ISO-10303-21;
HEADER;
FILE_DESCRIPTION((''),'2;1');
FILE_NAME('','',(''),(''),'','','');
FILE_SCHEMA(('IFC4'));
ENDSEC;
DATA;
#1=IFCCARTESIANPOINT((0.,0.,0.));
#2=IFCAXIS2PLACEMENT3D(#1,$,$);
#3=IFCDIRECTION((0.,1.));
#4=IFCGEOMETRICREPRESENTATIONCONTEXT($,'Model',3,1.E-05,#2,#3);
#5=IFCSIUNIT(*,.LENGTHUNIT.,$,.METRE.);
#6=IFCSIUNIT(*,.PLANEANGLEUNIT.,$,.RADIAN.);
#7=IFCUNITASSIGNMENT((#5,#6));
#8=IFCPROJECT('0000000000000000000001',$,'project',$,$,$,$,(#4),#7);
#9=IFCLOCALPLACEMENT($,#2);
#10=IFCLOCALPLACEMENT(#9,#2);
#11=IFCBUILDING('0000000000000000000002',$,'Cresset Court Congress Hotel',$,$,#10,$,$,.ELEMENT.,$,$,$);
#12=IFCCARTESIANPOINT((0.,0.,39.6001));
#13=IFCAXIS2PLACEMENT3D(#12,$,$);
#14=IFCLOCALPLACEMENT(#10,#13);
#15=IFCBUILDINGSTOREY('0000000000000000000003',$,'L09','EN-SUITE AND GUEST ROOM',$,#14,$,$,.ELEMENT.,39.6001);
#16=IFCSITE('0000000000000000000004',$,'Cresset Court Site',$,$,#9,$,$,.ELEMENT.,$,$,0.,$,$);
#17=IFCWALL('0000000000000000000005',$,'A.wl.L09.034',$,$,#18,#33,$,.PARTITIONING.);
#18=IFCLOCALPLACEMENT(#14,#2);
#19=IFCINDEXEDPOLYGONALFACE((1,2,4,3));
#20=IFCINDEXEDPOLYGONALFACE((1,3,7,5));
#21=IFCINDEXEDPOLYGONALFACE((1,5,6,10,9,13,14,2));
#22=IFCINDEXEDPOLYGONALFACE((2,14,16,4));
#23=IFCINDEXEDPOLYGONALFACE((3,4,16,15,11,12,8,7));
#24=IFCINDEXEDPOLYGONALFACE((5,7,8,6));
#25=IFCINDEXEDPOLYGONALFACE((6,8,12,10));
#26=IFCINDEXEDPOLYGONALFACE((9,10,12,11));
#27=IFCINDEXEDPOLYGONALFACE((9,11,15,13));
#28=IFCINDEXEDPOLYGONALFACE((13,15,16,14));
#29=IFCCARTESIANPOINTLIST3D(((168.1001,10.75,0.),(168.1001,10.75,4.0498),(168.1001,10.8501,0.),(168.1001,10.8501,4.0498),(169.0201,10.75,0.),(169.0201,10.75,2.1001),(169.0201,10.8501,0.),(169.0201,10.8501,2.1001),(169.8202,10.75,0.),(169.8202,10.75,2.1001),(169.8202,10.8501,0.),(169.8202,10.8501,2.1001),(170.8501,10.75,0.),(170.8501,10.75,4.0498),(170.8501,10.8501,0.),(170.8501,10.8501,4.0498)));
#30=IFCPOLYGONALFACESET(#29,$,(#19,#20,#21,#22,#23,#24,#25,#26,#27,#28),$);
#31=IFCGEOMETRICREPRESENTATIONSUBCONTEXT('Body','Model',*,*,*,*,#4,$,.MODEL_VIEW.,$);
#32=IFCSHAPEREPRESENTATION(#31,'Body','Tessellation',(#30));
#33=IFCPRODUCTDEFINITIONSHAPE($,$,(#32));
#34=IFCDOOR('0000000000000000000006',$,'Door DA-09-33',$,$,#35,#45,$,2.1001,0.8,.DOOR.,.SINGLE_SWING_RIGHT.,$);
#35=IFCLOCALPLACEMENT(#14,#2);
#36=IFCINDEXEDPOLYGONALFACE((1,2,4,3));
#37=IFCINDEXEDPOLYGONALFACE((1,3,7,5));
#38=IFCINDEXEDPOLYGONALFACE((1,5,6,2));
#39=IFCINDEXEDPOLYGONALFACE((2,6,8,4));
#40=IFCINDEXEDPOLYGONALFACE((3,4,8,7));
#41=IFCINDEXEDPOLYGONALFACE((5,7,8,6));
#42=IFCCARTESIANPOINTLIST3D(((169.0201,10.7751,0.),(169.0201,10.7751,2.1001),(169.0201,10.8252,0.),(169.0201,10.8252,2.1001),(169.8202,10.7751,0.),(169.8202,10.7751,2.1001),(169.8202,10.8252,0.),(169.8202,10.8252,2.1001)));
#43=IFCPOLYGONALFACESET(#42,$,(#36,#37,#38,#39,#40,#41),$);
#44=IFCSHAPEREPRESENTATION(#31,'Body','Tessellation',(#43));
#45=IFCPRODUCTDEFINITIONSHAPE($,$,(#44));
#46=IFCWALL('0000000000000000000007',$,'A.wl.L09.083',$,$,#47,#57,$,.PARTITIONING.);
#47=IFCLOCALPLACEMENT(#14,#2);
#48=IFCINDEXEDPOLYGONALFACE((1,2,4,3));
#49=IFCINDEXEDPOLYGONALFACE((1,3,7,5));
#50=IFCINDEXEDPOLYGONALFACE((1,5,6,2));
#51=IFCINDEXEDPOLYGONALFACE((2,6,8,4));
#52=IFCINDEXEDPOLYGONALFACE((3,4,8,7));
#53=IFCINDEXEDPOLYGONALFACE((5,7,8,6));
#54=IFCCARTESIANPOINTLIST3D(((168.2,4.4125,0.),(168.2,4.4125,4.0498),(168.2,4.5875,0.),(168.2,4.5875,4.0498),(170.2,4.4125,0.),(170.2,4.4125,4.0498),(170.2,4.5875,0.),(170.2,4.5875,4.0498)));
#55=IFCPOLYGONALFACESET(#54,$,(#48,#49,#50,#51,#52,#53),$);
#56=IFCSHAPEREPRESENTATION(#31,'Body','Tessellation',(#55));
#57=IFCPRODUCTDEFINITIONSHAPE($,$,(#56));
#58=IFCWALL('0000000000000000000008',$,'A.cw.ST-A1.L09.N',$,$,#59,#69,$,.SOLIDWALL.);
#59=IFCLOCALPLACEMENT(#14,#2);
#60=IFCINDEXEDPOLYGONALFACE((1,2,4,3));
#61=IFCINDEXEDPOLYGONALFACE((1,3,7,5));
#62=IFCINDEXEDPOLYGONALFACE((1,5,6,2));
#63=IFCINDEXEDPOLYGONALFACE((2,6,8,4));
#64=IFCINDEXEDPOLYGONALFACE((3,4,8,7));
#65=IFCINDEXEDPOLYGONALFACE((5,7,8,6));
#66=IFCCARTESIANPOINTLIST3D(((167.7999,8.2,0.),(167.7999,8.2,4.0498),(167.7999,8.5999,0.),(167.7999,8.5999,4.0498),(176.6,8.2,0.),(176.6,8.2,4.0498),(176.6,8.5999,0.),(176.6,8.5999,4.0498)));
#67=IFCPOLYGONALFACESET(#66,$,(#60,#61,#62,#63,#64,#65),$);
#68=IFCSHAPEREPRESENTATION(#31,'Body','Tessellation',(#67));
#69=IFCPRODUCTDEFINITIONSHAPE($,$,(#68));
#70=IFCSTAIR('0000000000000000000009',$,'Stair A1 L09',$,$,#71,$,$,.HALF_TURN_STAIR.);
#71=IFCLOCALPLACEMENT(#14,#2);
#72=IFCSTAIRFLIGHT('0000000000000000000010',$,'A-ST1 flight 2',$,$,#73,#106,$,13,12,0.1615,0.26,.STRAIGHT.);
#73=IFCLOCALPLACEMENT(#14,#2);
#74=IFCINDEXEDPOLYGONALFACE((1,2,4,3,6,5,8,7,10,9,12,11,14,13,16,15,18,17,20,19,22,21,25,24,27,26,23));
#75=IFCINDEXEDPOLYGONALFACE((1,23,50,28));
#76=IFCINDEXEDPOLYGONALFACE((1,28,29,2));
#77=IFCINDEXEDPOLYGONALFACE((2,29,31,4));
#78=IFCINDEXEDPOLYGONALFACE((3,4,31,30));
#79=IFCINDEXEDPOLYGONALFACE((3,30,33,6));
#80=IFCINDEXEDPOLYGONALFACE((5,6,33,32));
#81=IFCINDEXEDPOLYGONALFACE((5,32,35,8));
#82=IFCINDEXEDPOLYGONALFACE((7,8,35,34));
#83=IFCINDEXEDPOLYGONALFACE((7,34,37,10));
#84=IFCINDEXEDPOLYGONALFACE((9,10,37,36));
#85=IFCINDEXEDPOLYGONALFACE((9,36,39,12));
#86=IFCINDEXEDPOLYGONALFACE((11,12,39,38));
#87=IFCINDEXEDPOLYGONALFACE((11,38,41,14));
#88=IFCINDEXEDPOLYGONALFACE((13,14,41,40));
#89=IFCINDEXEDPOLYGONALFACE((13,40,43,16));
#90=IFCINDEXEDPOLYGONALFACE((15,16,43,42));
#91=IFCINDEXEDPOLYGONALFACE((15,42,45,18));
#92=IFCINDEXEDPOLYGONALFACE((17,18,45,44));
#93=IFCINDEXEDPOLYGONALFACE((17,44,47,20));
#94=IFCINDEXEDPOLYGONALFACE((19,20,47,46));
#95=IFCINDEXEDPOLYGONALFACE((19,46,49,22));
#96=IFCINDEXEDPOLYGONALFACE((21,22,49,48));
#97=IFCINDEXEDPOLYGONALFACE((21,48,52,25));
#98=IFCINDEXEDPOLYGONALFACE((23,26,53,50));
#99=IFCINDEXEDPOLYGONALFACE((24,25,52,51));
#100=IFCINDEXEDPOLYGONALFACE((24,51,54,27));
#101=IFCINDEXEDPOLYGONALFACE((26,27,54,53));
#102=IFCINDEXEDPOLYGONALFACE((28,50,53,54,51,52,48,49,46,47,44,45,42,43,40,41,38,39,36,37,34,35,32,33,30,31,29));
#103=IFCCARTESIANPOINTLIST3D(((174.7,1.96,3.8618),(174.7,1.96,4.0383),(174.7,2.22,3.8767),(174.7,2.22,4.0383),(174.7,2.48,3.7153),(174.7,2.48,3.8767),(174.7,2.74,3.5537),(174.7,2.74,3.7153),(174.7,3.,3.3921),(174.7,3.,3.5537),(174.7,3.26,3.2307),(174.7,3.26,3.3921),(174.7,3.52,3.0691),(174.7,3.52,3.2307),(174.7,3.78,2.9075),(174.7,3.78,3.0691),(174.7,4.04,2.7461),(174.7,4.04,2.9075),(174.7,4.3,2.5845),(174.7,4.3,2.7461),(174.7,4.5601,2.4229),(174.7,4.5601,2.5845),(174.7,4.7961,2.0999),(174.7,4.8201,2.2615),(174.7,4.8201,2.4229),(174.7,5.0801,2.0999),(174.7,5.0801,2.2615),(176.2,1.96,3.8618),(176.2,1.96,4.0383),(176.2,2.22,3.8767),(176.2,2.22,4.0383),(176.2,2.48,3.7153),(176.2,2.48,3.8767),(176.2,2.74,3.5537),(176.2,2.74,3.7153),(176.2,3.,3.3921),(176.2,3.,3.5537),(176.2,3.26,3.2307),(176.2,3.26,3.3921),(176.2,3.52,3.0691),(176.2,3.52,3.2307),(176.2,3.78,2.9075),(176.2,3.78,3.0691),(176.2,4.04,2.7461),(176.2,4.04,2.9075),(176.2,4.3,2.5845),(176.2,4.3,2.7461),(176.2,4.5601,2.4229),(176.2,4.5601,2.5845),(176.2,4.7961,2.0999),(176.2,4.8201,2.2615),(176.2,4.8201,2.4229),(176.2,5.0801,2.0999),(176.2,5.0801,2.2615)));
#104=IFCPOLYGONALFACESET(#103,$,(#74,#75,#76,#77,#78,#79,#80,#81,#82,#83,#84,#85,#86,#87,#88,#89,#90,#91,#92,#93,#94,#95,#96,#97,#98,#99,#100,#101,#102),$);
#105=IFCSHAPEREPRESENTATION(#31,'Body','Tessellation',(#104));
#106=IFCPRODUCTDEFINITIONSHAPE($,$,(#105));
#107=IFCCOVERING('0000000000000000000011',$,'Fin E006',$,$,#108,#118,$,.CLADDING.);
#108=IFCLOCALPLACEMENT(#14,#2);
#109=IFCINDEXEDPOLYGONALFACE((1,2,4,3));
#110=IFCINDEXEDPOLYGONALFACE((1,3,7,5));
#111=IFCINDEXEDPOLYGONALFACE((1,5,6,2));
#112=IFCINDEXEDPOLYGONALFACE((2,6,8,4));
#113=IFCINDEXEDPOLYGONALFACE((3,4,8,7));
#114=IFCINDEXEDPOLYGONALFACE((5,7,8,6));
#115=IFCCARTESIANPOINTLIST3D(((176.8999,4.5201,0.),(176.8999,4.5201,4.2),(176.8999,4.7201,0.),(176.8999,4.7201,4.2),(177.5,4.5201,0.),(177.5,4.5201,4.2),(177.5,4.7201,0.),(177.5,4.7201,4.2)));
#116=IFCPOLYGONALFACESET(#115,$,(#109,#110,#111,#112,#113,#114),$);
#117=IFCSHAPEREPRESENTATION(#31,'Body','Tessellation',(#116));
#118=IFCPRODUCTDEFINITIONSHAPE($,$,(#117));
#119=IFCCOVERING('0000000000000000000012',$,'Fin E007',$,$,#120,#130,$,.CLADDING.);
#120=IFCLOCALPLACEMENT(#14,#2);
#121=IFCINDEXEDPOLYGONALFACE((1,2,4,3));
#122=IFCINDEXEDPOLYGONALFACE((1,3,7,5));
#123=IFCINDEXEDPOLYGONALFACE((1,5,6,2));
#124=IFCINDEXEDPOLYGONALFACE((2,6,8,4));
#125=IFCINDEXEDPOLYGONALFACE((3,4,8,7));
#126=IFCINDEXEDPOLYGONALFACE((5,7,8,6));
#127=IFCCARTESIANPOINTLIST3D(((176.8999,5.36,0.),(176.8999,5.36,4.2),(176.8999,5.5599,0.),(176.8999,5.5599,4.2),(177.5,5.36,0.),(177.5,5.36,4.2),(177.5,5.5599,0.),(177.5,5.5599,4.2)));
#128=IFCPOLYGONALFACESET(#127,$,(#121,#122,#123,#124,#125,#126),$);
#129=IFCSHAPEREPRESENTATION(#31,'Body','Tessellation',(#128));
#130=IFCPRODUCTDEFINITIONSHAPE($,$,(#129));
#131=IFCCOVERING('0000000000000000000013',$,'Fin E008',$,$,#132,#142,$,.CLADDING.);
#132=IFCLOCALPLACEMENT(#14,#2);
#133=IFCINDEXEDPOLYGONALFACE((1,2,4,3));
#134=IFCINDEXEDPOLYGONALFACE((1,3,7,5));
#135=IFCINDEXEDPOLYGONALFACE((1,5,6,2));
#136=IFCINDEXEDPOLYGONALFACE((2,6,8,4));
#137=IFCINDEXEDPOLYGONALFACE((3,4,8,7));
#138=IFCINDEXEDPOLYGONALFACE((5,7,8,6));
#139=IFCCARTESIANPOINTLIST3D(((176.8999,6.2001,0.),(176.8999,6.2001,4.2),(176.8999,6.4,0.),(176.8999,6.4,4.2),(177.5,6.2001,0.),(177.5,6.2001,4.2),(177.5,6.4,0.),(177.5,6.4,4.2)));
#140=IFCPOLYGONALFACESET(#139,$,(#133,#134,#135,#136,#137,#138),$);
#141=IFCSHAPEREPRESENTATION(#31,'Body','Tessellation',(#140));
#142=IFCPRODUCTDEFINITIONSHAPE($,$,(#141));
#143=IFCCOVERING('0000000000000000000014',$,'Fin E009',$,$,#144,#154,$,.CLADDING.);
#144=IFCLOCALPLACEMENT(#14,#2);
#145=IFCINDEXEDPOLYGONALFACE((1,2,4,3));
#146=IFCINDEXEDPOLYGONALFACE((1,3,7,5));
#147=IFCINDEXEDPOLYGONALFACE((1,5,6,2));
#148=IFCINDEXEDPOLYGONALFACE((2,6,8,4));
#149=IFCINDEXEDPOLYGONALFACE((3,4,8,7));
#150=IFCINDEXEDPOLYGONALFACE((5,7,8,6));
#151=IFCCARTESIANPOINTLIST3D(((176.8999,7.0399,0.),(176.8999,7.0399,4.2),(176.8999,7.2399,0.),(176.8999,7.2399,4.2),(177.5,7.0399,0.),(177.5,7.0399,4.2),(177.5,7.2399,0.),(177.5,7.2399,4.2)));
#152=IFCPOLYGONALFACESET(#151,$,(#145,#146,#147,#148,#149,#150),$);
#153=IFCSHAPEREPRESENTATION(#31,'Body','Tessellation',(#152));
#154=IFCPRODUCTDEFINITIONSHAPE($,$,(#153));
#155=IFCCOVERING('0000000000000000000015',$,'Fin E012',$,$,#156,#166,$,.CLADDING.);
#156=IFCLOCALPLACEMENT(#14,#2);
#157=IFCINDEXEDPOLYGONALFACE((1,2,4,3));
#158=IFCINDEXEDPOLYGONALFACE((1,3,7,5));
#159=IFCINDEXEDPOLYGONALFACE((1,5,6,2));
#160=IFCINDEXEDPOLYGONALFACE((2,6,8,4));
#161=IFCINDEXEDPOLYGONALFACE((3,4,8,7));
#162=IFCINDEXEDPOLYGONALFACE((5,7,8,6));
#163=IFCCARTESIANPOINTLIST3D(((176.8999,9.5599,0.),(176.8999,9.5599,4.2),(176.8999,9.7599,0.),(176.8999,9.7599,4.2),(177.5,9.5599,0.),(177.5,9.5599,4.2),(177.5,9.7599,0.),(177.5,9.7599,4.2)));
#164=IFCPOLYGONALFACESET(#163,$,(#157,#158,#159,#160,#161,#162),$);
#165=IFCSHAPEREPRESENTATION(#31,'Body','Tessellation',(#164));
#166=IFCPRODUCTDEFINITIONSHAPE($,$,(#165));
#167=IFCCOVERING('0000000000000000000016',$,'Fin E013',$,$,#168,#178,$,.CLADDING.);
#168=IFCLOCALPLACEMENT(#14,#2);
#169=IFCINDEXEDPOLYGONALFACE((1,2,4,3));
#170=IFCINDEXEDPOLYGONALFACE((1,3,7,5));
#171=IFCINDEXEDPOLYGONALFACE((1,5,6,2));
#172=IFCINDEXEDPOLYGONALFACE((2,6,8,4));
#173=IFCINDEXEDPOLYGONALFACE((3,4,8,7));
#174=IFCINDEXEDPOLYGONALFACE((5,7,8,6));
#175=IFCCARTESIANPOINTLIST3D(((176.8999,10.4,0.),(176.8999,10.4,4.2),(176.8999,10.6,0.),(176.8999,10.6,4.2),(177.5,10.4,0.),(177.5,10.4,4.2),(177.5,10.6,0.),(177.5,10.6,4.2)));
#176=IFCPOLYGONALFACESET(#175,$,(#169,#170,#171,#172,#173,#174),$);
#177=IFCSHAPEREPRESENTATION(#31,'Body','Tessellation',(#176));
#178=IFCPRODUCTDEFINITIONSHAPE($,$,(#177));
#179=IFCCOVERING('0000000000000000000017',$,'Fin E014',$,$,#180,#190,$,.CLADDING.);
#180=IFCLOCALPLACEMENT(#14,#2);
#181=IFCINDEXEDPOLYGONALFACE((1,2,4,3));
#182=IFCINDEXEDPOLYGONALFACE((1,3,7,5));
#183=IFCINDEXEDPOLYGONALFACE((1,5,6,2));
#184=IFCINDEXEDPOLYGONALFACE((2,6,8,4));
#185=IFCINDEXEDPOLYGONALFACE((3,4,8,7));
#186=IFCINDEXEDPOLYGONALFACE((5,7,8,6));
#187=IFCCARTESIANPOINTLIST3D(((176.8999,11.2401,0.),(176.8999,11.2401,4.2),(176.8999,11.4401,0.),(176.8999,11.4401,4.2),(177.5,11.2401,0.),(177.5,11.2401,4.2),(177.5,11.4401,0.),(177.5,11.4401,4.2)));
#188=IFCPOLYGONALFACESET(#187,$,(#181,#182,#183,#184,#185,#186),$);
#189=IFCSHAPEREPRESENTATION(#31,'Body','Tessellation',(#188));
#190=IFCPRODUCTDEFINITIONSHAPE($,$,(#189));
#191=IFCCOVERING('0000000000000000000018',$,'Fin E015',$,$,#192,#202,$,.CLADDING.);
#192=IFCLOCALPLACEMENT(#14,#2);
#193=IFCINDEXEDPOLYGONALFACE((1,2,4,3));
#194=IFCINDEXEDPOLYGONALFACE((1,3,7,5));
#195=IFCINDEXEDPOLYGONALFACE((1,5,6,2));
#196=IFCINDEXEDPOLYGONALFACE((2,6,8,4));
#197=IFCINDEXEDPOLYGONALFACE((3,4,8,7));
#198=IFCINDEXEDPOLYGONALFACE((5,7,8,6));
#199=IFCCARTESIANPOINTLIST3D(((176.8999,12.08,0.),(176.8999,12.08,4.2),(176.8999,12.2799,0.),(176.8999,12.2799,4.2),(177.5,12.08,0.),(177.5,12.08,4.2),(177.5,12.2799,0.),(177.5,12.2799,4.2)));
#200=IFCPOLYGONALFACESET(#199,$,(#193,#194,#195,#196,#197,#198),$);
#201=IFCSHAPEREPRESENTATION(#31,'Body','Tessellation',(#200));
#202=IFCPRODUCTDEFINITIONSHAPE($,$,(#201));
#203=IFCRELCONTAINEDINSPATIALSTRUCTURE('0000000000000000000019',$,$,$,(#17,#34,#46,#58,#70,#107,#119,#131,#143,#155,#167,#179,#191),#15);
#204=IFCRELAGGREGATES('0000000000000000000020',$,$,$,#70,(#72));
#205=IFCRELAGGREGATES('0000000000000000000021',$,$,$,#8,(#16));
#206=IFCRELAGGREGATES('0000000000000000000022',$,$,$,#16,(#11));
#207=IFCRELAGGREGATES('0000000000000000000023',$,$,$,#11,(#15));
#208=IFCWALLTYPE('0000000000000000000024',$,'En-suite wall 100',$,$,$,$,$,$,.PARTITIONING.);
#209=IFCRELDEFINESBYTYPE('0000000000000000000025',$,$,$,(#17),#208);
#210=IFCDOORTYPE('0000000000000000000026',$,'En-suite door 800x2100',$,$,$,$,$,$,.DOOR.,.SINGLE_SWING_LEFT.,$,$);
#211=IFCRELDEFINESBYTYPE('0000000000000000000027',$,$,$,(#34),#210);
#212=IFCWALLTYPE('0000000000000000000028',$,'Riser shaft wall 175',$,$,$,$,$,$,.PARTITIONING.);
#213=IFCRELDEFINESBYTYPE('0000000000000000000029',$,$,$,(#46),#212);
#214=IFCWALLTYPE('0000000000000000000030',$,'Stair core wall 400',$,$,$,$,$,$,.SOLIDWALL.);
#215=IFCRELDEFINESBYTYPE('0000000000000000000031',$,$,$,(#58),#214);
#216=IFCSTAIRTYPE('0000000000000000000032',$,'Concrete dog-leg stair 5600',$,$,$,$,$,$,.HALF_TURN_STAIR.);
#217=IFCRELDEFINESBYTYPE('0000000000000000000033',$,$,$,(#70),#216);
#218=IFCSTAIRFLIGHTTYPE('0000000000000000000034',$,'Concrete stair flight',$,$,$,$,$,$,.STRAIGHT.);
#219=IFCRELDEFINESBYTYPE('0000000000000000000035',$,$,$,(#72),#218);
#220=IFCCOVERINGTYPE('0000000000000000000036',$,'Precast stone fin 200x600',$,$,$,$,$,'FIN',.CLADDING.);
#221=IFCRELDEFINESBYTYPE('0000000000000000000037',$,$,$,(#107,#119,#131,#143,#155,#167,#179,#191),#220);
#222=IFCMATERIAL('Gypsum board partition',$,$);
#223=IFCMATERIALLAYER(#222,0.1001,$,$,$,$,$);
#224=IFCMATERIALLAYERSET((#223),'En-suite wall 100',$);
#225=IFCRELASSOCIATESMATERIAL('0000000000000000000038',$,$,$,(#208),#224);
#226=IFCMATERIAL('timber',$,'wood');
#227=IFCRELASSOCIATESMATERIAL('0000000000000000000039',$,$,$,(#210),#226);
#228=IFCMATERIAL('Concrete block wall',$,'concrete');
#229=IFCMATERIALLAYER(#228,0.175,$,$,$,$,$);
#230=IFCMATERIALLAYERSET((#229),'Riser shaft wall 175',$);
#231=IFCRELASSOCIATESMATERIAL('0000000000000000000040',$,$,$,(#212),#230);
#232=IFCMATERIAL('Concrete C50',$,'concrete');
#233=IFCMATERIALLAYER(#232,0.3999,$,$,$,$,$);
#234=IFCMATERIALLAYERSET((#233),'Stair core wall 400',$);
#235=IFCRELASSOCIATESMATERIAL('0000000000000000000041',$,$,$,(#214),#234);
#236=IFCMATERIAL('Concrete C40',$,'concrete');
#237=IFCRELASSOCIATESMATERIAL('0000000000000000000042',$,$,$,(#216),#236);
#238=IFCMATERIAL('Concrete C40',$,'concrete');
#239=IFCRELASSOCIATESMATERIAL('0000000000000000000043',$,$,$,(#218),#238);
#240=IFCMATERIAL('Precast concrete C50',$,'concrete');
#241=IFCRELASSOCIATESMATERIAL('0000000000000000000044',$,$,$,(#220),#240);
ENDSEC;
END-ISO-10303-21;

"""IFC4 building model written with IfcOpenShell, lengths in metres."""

from ifc_helpers import new_model, si_unit, direction, frame, frame_2d, origin, origin_2d, place, context, subcontext, project, spatial, polyline, rectangle, outline, extrude, material, layer, layer_set, type_object, element, fill, aggregate, save


model = new_model("IFC4")

# Units and contexts
model_context = context("Model", 3, precision=1e-05, world=origin(), true_north=direction((0.0, 1.0)))
body_context = subcontext(model_context, "Body", "Model", "MODEL_VIEW")
ifc_project = project(units=[si_unit("LENGTHUNIT", "METRE"), si_unit("PLANEANGLEUNIT", "RADIAN")], contexts=[model_context])

# Site, building, storey
site_placement = place(None, origin())
site = spatial("IfcSite", under=ifc_project, at=site_placement, Name="Cresset Court Site", CompositionType="ELEMENT", RefElevation=0.0)
building_placement = place(site_placement, origin())
building = spatial("IfcBuilding", under=site, at=building_placement, Name="Cresset Court Congress Hotel", CompositionType="ELEMENT")
storey_placement = place(building_placement, frame((0.0, 0.0, 39.6001)))
storey = spatial("IfcBuildingStorey", under=building, at=storey_placement, Name="L09", Description="EN-SUITE AND GUEST ROOM", CompositionType="ELEMENT", Elevation=39.6001)

# Shared definitions
ifc_material_1 = material(Name="Gypsum board partition")
ifc_layer_1 = layer(ifc_material_1, 0.1001)
ifc_layer_set_1 = layer_set([ifc_layer_1], Name="En-suite wall 100")
wall_type_1 = type_object("IfcWallType", Name="En-suite wall 100", PredefinedType="PARTITIONING", material=ifc_layer_set_1)

# Wall, opening, door
wall_1_placement = place(storey_placement, frame((170.8501, 10.8, 0.0), z_axis=(0.0, 0.0, 1.0), x_axis=(-1.0, 0.0, 0.0)))
wall_1 = element("IfcWall", 1, at=wall_1_placement, inside=storey, type_object=wall_type_1, Name="A.wl.L09.034", PredefinedType="PARTITIONING", context=body_context, shape_type="SweptSolid", body=[
    extrude(rectangle(XDim=2.75, YDim=0.1001, at=frame_2d((1.375, 0.0))), origin(), (0.0, 0.0, 1.0), 4.0498),
])
opening_1_placement = place(wall_1_placement, frame((1.03, 0.0, 0.0)))
opening_1 = element("IfcOpeningElement", 2, at=opening_1_placement, cuts=wall_1, PredefinedType="OPENING", context=body_context, shape_type="SweptSolid", body=[
    extrude(rectangle(XDim=0.8, YDim=2.1001, at=frame_2d((0.3999, 1.05))), frame((0.0, 0.0601, 0.0), z_axis=(0.0, -1.0, 0.0), x_axis=(1.0, 0.0, 0.0)), (0.0, 0.0, 1.0), 0.1201),
])
ifc_material_2 = material(Name="timber", Category="wood")
door_type_1 = type_object("IfcDoorType", Name="En-suite door 800x2100", OperationType="SINGLE_SWING_LEFT", PredefinedType="DOOR", material=ifc_material_2)
door_1_placement = place(opening_1_placement, origin())
door_1 = element("IfcDoor", 3, at=door_1_placement, inside=storey, type_object=door_type_1, Name="Door DA-09-33", OperationType="SINGLE_SWING_RIGHT", OverallHeight=2.1001, OverallWidth=0.8, PredefinedType="DOOR", context=body_context, shape_type="SweptSolid", body=[
    extrude(rectangle(XDim=0.8, YDim=2.1001, at=frame_2d((0.3999, 1.05))), frame((0.0, 0.0249, 0.0), z_axis=(0.0, -1.0, 0.0), x_axis=(1.0, 0.0, 0.0)), (0.0, 0.0, 1.0), 0.05),
])
fill(opening_1, door_1)

# Walls
ifc_material_3 = material(Name="Concrete block wall", Category="concrete")
ifc_layer_2 = layer(ifc_material_3, 0.175)
ifc_layer_set_2 = layer_set([ifc_layer_2], Name="Riser shaft wall 175")
wall_type_2 = type_object("IfcWallType", Name="Riser shaft wall 175", PredefinedType="PARTITIONING", material=ifc_layer_set_2)
wall_2_placement = place(storey_placement, frame((168.2, 4.5, 0.0), z_axis=(0.0, 0.0, 1.0), x_axis=(1.0, 0.0, 0.0)))
element("IfcWall", 4, at=wall_2_placement, inside=storey, type_object=wall_type_2, Name="A.wl.L09.083", PredefinedType="PARTITIONING", context=body_context, shape_type="SweptSolid", body=[
    extrude(rectangle(XDim=2.0, YDim=0.175, at=frame_2d((1.0, 0.0))), origin(), (0.0, 0.0, 1.0), 4.0498),
])
ifc_material_4 = material(Name="Concrete C50", Category="concrete")
ifc_layer_3 = layer(ifc_material_4, 0.3999)
ifc_layer_set_3 = layer_set([ifc_layer_3], Name="Stair core wall 400")
wall_type_3 = type_object("IfcWallType", Name="Stair core wall 400", PredefinedType="SOLIDWALL", material=ifc_layer_set_3)
wall_3_placement = place(storey_placement, frame((167.8, 8.3999, 0.0), z_axis=(0.0, 0.0, 1.0), x_axis=(1.0, 0.0, 0.0)))
element("IfcWall", 5, at=wall_3_placement, inside=storey, type_object=wall_type_3, Name="A.cw.ST-A1.L09.N", PredefinedType="SOLIDWALL", context=body_context, shape_type="SweptSolid", body=[
    extrude(rectangle(XDim=8.8, YDim=0.3999, at=frame_2d((4.3999, 0.0))), origin(), (0.0, 0.0, 1.0), 4.0498),
])

# Stair, stair flight
ifc_material_5 = material(Name="Concrete C40", Category="concrete")
stair_type = type_object("IfcStairType", Name="Concrete dog-leg stair 5600", PredefinedType="HALF_TURN_STAIR", material=ifc_material_5)
stair_placement = place(storey_placement, origin())
stair = element("IfcStair", 6, at=stair_placement, inside=storey, type_object=stair_type, Name="Stair A1 L09", PredefinedType="HALF_TURN_STAIR")
ifc_material_6 = material(Name="Concrete C40", Category="concrete")
stair_flight_type = type_object("IfcStairFlightType", Name="Concrete stair flight", PredefinedType="STRAIGHT", material=ifc_material_6)
stair_flight_placement = place(storey_placement, frame((175.45, 5.0801, 2.0999), z_axis=(0.0, 0.0, 1.0), x_axis=(0.0, -1.0, 0.0)))
stair_flight = element("IfcStairFlight", 7, at=stair_flight_placement, type_object=stair_flight_type, Name="A-ST1 flight 2", NumberOfRisers=13, NumberOfTreads=12, PredefinedType="STRAIGHT", RiserHeight=0.1615, TreadLength=0.26, context=body_context, shape_type="SweptSolid", body=[
    extrude(outline(polyline([(0.0, 0.0), (0.0, 0.1616), (0.26, 0.1616), (0.26, 0.323), (0.52, 0.323), (0.52, 0.4846), (0.78, 0.4846), (0.78, 0.6462), (1.04, 0.6462), (1.04, 0.8076), (1.3, 0.8076), (1.3, 0.9692), (1.5601, 0.9692), (1.5601, 1.1309), (1.8201, 1.1309), (1.8201, 1.2922), (2.0801, 1.2922), (2.0801, 1.4539), (2.3401, 1.4539), (2.3401, 1.6155), (2.6001, 1.6155), (2.6001, 1.7769), (2.8601, 1.7769), (2.8601, 1.9385), (3.1201, 1.9385), (3.1201, 2.1001), (3.1201, 1.762), (0.2839, 0.0), (0.0, 0.0)])), frame((0.0, 0.75, 0.0), z_axis=(0.0, -1.0, 0.0), x_axis=(1.0, 0.0, 0.0)), (0.0, 0.0, 1.0), 1.5),
])
aggregate(stair, [stair_flight])

# Coverings
ifc_material_7 = material(Name="Precast concrete C50", Category="concrete")
covering_type_1 = type_object("IfcCoveringType", Name="Precast stone fin 200x600", ElementType="FIN", PredefinedType="CLADDING", material=ifc_material_7)
for number, where, z_axis, x_axis, name in (
    (8, (177.2, 4.6201, 0.0), (0.0, 0.0, 1.0), (1.0, 0.0, 0.0), "Fin E006"),
    (9, (177.2, 5.46, 0.0), (0.0, 0.0, 1.0), (1.0, 0.0, 0.0), "Fin E007"),
    (10, (177.2, 6.3, 0.0), (0.0, 0.0, 1.0), (1.0, 0.0, 0.0), "Fin E008"),
    (11, (177.2, 7.1399, 0.0), (0.0, 0.0, 1.0), (1.0, 0.0, 0.0), "Fin E009"),
    (12, (177.2, 9.6599, 0.0), (0.0, 0.0, 1.0), (1.0, 0.0, 0.0), "Fin E012"),
    (13, (177.2, 10.5, 0.0), (0.0, 0.0, 1.0), (1.0, 0.0, 0.0), "Fin E013"),
    (14, (177.2, 11.3401, 0.0), (0.0, 0.0, 1.0), (1.0, 0.0, 0.0), "Fin E014"),
    (15, (177.2, 12.1799, 0.0), (0.0, 0.0, 1.0), (1.0, 0.0, 0.0), "Fin E015"),
):
    element("IfcCovering", number, at=place(storey_placement, frame(where, z_axis=z_axis, x_axis=x_axis)), inside=storey, type_object=covering_type_1, Name=name, PredefinedType="CLADDING", context=body_context, shape_type="SweptSolid", body=[
        extrude(rectangle(XDim=0.6001, YDim=0.2, at=origin_2d()), origin(), (0.0, 0.0, 1.0), 4.2),
    ])

save(model, "model.ifc")
